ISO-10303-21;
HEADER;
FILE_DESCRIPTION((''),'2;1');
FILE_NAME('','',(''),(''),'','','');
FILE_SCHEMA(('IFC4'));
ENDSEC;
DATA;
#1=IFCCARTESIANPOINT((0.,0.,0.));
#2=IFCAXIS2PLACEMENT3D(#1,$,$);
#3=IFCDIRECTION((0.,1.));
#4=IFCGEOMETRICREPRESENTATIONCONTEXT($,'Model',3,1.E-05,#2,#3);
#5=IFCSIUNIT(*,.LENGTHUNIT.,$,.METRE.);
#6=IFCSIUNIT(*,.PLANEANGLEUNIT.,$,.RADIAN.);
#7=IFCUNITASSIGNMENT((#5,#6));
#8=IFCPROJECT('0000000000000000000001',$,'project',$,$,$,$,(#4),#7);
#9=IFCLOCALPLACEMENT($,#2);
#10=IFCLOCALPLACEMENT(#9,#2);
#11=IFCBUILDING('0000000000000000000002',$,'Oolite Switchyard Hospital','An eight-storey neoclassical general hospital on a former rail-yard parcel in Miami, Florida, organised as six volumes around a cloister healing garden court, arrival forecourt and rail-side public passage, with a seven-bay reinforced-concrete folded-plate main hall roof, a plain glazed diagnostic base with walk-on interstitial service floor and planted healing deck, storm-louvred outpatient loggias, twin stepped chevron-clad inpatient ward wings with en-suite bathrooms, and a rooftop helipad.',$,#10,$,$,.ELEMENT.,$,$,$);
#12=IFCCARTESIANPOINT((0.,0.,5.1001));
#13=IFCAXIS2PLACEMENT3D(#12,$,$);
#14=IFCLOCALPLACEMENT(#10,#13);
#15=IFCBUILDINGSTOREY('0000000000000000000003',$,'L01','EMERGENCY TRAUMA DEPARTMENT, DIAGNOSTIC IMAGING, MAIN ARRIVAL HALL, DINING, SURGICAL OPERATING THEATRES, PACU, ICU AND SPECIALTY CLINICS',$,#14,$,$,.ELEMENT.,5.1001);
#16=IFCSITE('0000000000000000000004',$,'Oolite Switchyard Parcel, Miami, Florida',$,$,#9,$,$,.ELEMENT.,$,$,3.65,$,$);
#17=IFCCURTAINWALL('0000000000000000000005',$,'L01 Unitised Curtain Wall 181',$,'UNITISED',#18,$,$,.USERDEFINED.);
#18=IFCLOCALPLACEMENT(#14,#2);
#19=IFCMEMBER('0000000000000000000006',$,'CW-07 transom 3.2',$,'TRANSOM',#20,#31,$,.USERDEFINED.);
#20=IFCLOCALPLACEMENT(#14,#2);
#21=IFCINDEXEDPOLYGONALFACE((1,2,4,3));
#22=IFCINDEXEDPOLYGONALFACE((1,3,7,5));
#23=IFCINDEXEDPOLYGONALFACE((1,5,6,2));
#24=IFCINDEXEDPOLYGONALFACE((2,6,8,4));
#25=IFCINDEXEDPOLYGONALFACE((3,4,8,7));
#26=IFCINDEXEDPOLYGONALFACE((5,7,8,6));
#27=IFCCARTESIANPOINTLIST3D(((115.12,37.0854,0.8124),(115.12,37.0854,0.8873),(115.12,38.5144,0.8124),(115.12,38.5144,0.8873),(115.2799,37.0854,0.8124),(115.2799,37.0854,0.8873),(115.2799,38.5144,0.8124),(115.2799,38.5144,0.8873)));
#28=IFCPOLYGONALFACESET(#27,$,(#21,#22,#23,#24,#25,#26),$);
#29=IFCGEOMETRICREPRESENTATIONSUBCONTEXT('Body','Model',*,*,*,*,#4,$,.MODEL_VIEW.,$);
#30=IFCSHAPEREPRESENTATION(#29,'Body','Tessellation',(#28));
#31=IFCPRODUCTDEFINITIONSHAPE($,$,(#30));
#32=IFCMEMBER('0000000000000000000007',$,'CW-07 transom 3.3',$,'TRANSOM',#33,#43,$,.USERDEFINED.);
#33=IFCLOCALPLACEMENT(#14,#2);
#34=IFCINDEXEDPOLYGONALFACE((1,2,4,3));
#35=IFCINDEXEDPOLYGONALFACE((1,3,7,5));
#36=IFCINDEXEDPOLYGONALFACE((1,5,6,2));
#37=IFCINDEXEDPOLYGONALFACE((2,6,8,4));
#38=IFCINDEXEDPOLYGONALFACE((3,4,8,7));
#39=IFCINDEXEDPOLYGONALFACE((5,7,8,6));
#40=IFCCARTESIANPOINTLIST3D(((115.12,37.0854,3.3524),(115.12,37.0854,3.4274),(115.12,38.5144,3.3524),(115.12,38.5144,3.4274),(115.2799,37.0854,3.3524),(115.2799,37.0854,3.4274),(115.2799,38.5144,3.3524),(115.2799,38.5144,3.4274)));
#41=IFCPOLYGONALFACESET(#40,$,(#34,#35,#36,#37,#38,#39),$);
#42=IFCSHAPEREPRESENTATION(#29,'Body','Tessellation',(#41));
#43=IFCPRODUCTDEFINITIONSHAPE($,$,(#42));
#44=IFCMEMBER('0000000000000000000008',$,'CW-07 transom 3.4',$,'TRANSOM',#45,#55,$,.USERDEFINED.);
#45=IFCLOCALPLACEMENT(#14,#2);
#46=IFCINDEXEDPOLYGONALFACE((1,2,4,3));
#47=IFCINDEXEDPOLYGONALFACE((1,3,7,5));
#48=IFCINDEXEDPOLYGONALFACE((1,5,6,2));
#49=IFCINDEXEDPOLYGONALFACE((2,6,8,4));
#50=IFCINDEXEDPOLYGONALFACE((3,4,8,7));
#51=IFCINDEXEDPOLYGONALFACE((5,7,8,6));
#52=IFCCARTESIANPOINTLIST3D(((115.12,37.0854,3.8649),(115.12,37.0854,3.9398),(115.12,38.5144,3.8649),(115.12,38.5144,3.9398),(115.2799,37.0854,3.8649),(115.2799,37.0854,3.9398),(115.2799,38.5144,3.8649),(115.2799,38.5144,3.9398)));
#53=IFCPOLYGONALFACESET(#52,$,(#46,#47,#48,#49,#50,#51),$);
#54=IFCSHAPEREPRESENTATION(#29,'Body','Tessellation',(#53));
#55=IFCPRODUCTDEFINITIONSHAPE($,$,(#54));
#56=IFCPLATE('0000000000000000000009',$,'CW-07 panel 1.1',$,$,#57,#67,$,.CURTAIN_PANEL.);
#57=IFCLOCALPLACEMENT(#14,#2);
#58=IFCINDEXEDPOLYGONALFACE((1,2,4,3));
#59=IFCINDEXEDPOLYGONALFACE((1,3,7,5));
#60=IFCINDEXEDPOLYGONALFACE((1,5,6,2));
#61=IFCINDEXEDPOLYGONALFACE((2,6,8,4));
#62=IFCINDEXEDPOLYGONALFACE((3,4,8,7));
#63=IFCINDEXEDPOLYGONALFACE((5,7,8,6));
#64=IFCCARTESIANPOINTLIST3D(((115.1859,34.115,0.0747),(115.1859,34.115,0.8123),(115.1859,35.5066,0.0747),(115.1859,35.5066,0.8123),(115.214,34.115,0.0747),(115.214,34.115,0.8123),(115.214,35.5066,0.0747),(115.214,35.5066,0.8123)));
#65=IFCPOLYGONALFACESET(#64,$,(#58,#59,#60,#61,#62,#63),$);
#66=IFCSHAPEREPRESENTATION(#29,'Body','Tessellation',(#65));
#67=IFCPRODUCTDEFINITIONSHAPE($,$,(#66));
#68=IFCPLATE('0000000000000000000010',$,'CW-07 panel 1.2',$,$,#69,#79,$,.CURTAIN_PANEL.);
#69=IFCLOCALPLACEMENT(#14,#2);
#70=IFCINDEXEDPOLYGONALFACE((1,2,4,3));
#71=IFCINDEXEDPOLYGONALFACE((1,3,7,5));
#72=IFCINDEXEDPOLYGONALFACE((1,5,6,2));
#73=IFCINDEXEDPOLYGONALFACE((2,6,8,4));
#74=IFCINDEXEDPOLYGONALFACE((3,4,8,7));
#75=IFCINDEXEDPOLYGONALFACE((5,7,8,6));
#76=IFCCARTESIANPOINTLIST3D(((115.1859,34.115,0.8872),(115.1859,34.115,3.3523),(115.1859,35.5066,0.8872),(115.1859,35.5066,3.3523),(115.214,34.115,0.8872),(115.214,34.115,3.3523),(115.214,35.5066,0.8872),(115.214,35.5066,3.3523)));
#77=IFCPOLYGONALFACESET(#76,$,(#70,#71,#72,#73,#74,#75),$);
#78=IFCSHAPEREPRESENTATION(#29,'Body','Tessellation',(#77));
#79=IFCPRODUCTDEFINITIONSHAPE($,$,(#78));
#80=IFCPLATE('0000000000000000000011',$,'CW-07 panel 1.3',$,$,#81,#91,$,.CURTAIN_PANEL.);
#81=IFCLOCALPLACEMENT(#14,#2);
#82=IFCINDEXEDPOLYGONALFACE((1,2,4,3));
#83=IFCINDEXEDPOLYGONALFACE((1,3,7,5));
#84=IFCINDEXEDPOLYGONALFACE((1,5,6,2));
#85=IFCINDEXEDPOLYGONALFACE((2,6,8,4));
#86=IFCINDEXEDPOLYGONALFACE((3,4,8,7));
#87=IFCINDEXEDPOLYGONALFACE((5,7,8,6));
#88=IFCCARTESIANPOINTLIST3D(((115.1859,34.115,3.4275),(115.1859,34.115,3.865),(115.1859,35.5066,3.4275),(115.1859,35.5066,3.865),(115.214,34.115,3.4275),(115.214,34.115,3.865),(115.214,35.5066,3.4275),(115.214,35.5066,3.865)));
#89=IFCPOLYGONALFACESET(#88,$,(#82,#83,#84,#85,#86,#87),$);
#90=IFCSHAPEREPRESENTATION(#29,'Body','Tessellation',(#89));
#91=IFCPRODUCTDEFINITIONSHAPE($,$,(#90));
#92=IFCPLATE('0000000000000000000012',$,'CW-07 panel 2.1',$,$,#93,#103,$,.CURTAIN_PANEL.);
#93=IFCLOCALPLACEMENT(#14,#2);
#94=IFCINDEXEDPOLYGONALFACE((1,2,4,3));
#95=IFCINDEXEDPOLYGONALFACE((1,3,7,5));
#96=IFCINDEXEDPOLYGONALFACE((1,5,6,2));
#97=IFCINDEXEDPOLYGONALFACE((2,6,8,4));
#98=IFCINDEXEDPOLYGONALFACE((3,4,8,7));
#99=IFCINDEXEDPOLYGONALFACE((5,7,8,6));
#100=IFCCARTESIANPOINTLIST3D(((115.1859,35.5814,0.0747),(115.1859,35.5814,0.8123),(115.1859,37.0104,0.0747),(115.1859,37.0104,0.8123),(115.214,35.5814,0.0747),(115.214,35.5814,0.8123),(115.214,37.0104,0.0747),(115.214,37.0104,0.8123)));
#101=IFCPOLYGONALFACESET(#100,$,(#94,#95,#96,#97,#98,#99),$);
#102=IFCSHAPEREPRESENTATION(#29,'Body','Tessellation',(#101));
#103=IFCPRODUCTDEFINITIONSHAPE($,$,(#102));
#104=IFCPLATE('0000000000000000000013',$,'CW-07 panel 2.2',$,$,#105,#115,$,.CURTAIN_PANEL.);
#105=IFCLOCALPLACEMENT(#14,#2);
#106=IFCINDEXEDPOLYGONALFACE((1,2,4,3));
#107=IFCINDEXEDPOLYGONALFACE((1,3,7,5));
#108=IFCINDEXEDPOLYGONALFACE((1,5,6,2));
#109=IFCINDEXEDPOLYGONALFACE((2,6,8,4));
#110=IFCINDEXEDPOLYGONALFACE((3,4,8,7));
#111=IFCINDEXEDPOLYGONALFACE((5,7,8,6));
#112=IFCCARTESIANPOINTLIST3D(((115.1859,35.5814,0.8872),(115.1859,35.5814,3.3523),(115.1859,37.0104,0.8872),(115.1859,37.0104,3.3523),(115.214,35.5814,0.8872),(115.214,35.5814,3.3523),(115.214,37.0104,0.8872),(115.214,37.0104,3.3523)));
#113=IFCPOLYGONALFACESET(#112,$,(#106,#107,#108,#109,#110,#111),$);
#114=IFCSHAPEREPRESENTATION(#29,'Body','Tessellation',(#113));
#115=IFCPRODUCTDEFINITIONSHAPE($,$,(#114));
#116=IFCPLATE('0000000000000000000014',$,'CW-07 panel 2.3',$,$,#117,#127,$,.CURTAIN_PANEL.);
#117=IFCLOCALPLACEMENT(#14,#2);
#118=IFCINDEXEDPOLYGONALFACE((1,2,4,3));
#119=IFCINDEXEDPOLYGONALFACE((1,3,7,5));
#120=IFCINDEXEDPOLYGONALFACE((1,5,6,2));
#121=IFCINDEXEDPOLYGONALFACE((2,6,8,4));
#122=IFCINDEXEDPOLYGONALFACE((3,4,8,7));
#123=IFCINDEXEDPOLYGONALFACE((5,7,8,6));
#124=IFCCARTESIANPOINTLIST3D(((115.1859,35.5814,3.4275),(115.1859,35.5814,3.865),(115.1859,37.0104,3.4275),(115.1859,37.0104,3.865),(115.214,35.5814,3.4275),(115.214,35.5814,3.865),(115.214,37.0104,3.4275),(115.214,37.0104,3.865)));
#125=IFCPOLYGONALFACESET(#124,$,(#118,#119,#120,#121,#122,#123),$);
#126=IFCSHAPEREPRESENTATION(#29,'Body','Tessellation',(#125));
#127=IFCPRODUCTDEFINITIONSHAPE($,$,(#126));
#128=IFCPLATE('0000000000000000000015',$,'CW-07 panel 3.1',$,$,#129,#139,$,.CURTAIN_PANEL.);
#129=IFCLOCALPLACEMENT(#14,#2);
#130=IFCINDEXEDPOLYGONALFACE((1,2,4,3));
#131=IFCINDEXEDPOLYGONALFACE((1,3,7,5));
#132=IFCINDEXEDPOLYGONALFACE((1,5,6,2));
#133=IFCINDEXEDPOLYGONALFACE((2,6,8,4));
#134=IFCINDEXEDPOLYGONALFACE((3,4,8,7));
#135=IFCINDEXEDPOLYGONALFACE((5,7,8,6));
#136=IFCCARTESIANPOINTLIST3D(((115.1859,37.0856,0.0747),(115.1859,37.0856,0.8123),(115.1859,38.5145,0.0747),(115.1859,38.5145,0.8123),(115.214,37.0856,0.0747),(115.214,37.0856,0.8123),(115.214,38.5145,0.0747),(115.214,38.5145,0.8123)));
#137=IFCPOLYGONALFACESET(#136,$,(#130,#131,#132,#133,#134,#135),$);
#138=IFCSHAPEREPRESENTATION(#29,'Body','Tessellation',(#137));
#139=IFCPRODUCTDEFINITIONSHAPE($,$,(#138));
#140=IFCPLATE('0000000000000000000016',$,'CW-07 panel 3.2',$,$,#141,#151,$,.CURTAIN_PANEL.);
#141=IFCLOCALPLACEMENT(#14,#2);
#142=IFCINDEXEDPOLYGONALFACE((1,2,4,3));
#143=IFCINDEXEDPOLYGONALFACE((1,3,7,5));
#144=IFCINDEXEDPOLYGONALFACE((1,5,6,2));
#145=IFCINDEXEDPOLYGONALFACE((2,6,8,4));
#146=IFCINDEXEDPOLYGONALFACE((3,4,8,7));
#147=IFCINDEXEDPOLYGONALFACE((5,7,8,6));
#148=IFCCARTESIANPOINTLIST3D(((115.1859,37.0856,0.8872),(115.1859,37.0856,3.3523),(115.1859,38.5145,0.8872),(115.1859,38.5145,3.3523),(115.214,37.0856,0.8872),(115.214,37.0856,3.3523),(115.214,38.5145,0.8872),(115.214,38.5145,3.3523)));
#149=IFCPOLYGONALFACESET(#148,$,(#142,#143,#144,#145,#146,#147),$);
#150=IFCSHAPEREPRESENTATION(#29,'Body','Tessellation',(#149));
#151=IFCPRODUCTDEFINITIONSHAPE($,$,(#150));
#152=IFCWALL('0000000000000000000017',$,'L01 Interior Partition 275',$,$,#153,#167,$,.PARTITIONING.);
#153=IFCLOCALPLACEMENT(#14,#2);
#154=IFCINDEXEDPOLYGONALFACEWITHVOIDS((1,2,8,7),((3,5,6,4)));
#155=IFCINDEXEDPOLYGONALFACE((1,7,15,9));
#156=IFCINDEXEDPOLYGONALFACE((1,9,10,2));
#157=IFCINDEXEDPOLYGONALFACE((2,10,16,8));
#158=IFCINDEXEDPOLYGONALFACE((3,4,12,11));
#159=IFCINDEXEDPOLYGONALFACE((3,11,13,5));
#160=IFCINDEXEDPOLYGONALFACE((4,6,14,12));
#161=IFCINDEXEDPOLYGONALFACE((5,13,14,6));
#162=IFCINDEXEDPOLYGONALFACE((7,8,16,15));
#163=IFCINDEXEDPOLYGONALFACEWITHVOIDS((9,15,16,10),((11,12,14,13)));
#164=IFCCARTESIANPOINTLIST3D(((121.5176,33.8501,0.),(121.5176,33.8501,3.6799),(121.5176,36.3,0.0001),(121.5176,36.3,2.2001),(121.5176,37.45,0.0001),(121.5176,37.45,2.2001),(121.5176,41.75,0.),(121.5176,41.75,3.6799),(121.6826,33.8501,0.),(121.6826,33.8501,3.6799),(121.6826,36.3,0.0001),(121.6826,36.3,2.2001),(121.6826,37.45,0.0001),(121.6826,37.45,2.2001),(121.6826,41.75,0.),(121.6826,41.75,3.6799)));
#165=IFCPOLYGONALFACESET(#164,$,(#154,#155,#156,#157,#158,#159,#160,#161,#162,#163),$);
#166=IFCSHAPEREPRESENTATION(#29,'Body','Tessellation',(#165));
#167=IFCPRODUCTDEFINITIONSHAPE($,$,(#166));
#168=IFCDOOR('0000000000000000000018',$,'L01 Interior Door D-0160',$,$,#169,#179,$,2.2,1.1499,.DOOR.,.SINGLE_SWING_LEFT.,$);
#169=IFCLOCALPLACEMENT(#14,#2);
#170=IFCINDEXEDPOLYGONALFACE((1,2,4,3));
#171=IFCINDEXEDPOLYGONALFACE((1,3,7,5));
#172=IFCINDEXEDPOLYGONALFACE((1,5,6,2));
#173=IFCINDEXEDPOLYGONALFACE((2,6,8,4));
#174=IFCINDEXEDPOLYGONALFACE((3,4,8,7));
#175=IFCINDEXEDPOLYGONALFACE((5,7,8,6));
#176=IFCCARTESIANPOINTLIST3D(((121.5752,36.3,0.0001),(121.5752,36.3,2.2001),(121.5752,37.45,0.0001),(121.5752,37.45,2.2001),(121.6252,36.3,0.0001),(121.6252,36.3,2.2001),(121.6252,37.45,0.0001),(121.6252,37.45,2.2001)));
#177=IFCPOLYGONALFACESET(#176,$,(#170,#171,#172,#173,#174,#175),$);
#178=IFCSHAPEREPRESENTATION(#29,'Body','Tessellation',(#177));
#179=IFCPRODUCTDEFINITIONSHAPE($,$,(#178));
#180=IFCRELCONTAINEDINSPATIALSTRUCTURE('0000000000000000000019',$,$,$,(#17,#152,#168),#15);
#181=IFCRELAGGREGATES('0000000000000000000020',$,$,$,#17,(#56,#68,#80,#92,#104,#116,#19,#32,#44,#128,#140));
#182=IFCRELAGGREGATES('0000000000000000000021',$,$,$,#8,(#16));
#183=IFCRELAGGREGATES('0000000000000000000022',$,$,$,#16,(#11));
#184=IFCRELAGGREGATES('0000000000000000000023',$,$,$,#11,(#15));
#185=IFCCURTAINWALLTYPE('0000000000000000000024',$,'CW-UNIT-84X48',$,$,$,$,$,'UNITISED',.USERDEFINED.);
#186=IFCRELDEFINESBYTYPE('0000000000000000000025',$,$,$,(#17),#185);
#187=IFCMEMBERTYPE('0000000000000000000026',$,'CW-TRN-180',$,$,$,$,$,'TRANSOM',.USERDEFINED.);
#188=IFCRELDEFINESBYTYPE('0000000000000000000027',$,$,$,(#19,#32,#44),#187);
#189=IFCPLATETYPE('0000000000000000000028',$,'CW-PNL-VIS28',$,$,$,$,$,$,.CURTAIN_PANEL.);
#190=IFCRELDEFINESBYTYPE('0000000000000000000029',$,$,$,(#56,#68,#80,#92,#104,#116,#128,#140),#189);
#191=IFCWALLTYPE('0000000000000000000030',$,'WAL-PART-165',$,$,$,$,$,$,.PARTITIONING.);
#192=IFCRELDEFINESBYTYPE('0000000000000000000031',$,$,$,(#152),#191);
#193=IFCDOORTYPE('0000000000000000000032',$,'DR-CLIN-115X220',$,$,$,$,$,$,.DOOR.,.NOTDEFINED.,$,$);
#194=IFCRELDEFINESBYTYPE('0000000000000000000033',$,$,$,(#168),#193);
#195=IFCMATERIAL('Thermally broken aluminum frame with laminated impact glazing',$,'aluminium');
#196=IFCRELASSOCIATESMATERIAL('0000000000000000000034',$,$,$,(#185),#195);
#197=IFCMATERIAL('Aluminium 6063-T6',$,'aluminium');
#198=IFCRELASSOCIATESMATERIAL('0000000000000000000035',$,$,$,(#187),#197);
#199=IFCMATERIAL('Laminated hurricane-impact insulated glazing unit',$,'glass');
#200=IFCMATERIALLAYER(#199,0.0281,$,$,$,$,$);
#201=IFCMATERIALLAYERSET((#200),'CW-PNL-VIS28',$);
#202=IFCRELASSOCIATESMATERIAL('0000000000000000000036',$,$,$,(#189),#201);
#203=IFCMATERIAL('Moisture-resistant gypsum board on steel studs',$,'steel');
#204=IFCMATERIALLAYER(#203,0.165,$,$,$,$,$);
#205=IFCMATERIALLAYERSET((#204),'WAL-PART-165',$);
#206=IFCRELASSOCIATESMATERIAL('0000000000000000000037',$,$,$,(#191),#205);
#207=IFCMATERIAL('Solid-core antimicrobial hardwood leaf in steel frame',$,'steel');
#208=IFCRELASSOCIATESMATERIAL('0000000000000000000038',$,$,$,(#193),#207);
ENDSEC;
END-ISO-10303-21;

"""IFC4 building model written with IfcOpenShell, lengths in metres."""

from ifc_helpers import new_model, si_unit, direction, frame, frame_2d, origin, origin_2d, place, context, subcontext, project, spatial, rectangle, extrude, material, layer, layer_set, material_profile, profile_set, type_object, element, fill, aggregate, save


model = new_model("IFC4")

# Units and contexts
model_context = context("Model", 3, precision=1e-05, world=origin(), true_north=direction((0.0, 1.0)))
body_context = subcontext(model_context, "Body", "Model", "MODEL_VIEW")
ifc_project = project(units=[si_unit("LENGTHUNIT", "METRE"), si_unit("PLANEANGLEUNIT", "RADIAN")], contexts=[model_context])

# Site, building, storey
site_placement = place(None, origin())
site = spatial("IfcSite", under=ifc_project, at=site_placement, Name="Oolite Switchyard Parcel, Miami, Florida", CompositionType="ELEMENT", RefElevation=3.65)
building_placement = place(site_placement, origin())
building = spatial("IfcBuilding", under=site, at=building_placement, Name="Oolite Switchyard Hospital", Description="An eight-storey neoclassical general hospital on a former rail-yard parcel in Miami, Florida, organised as six volumes around a cloister healing garden court, arrival forecourt and rail-side public passage, with a seven-bay reinforced-concrete folded-plate main hall roof, a plain glazed diagnostic base with walk-on interstitial service floor and planted healing deck, storm-louvred outpatient loggias, twin stepped chevron-clad inpatient ward wings with en-suite bathrooms, and a rooftop helipad.", CompositionType="ELEMENT")
storey_placement = place(building_placement, frame((0.0, 0.0, 5.1001)))
storey = spatial("IfcBuildingStorey", under=building, at=storey_placement, Name="L01", Description="EMERGENCY TRAUMA DEPARTMENT, DIAGNOSTIC IMAGING, MAIN ARRIVAL HALL, DINING, SURGICAL OPERATING THEATRES, PACU, ICU AND SPECIALTY CLINICS", CompositionType="ELEMENT", Elevation=5.1001)

# Curtain wall, members, plates
ifc_material_1 = material(Name="Thermally broken aluminum frame with laminated impact glazing", Category="aluminium")
curtain_wall_type = type_object("IfcCurtainWallType", Name="CW-UNIT-84X48", ElementType="UNITISED", PredefinedType="USERDEFINED", material=ifc_material_1)
curtain_wall_placement = place(storey_placement, origin())
curtain_wall = element("IfcCurtainWall", 1, at=curtain_wall_placement, inside=storey, type_object=curtain_wall_type, Name="L01 Unitised Curtain Wall 181", ObjectType="UNITISED", PredefinedType="USERDEFINED")
ifc_material_2 = material(Name="Aluminium 6063-T6", Category="aluminium")
ifc_material_profile_1 = material_profile(ifc_material_2, rectangle(XDim=0.1599, YDim=0.075, at=origin_2d()), Name="CWT75X160")
ifc_profile_set_1 = profile_set([ifc_material_profile_1], Name="Aluminium 6063-T6")
member_type_1 = type_object("IfcMemberType", Name="CW-TRN-180", ElementType="TRANSOM", PredefinedType="USERDEFINED", material=ifc_profile_set_1)
member_1_placement = place(storey_placement, frame((115.2, 37.0854, 0.8499), z_axis=(0.0, 1.0, 0.0), x_axis=(-1.0, 0.0, 0.0)))
member_1 = element("IfcMember", 2, at=member_1_placement, type_object=member_type_1, Name="CW-07 transom 3.2", ObjectType="TRANSOM", PredefinedType="USERDEFINED", context=body_context, shape_type="SweptSolid", body=[
    extrude(rectangle(XDim=0.1599, YDim=0.075, at=origin_2d()), origin(), (0.0, 0.0, 1.0), 1.429),
])
member_2_placement = place(storey_placement, frame((115.2, 37.0854, 3.3899), z_axis=(0.0, 1.0, 0.0), x_axis=(-1.0, 0.0, 0.0)))
member_2 = element("IfcMember", 3, at=member_2_placement, type_object=member_type_1, Name="CW-07 transom 3.3", ObjectType="TRANSOM", PredefinedType="USERDEFINED", context=body_context, shape_type="SweptSolid", body=[
    extrude(rectangle(XDim=0.1599, YDim=0.075, at=origin_2d()), origin(), (0.0, 0.0, 1.0), 1.429),
])
member_3_placement = place(storey_placement, frame((115.2, 37.0854, 3.9023), z_axis=(0.0, 1.0, 0.0), x_axis=(-1.0, 0.0, 0.0)))
member_3 = element("IfcMember", 4, at=member_3_placement, type_object=member_type_1, Name="CW-07 transom 3.4", ObjectType="TRANSOM", PredefinedType="USERDEFINED", context=body_context, shape_type="SweptSolid", body=[
    extrude(rectangle(XDim=0.1599, YDim=0.075, at=origin_2d()), origin(), (0.0, 0.0, 1.0), 1.429),
])
ifc_material_3 = material(Name="Laminated hurricane-impact insulated glazing unit", Category="glass")
ifc_layer_1 = layer(ifc_material_3, 0.0281)
ifc_layer_set_1 = layer_set([ifc_layer_1], Name="CW-PNL-VIS28")
plate_type = type_object("IfcPlateType", Name="CW-PNL-VIS28", PredefinedType="CURTAIN_PANEL", material=ifc_layer_set_1)
plate_1_placement = place(storey_placement, frame((115.2, 34.8108, 0.0747), z_axis=(0.0, 0.0, 1.0), x_axis=(0.0, 1.0, 0.0)))
plate_1 = element("IfcPlate", 5, at=plate_1_placement, type_object=plate_type, Name="CW-07 panel 1.1", PredefinedType="CURTAIN_PANEL", context=body_context, shape_type="SweptSolid", body=[
    extrude(rectangle(XDim=1.3916, YDim=0.0281, at=origin_2d()), origin(), (0.0, 0.0, 1.0), 0.7375),
])
plate_2_placement = place(storey_placement, frame((115.2, 34.8108, 0.8872), z_axis=(0.0, 0.0, 1.0), x_axis=(0.0, 1.0, 0.0)))
plate_2 = element("IfcPlate", 6, at=plate_2_placement, type_object=plate_type, Name="CW-07 panel 1.2", PredefinedType="CURTAIN_PANEL", context=body_context, shape_type="SweptSolid", body=[
    extrude(rectangle(XDim=1.3916, YDim=0.0281, at=origin_2d()), origin(), (0.0, 0.0, 1.0), 2.4651),
])
plate_3_placement = place(storey_placement, frame((115.2, 34.8108, 3.4275), z_axis=(0.0, 0.0, 1.0), x_axis=(0.0, 1.0, 0.0)))
plate_3 = element("IfcPlate", 7, at=plate_3_placement, type_object=plate_type, Name="CW-07 panel 1.3", PredefinedType="CURTAIN_PANEL", context=body_context, shape_type="SweptSolid", body=[
    extrude(rectangle(XDim=1.3916, YDim=0.0281, at=origin_2d()), origin(), (0.0, 0.0, 1.0), 0.4375),
])
plate_4_placement = place(storey_placement, frame((115.2, 36.2959, 0.0747), z_axis=(0.0, 0.0, 1.0), x_axis=(0.0, 1.0, 0.0)))
plate_4 = element("IfcPlate", 8, at=plate_4_placement, type_object=plate_type, Name="CW-07 panel 2.1", PredefinedType="CURTAIN_PANEL", context=body_context, shape_type="SweptSolid", body=[
    extrude(rectangle(XDim=1.429, YDim=0.0281, at=origin_2d()), origin(), (0.0, 0.0, 1.0), 0.7375),
])
plate_5_placement = place(storey_placement, frame((115.2, 36.2959, 0.8872), z_axis=(0.0, 0.0, 1.0), x_axis=(0.0, 1.0, 0.0)))
plate_5 = element("IfcPlate", 9, at=plate_5_placement, type_object=plate_type, Name="CW-07 panel 2.2", PredefinedType="CURTAIN_PANEL", context=body_context, shape_type="SweptSolid", body=[
    extrude(rectangle(XDim=1.429, YDim=0.0281, at=origin_2d()), origin(), (0.0, 0.0, 1.0), 2.4651),
])
plate_6_placement = place(storey_placement, frame((115.2, 36.2959, 3.4275), z_axis=(0.0, 0.0, 1.0), x_axis=(0.0, 1.0, 0.0)))
plate_6 = element("IfcPlate", 10, at=plate_6_placement, type_object=plate_type, Name="CW-07 panel 2.3", PredefinedType="CURTAIN_PANEL", context=body_context, shape_type="SweptSolid", body=[
    extrude(rectangle(XDim=1.429, YDim=0.0281, at=origin_2d()), origin(), (0.0, 0.0, 1.0), 0.4375),
])
plate_7_placement = place(storey_placement, frame((115.2, 37.8, 0.0747), z_axis=(0.0, 0.0, 1.0), x_axis=(0.0, 1.0, 0.0)))
plate_7 = element("IfcPlate", 11, at=plate_7_placement, type_object=plate_type, Name="CW-07 panel 3.1", PredefinedType="CURTAIN_PANEL", context=body_context, shape_type="SweptSolid", body=[
    extrude(rectangle(XDim=1.429, YDim=0.0281, at=origin_2d()), origin(), (0.0, 0.0, 1.0), 0.7375),
])
plate_8_placement = place(storey_placement, frame((115.2, 37.8, 0.8872), z_axis=(0.0, 0.0, 1.0), x_axis=(0.0, 1.0, 0.0)))
plate_8 = element("IfcPlate", 12, at=plate_8_placement, type_object=plate_type, Name="CW-07 panel 3.2", PredefinedType="CURTAIN_PANEL", context=body_context, shape_type="SweptSolid", body=[
    extrude(rectangle(XDim=1.429, YDim=0.0281, at=origin_2d()), origin(), (0.0, 0.0, 1.0), 2.4651),
])
aggregate(curtain_wall, [plate_1, plate_2, plate_3, plate_4, plate_5, plate_6, member_1, member_2, member_3, plate_7, plate_8])

# Wall, opening, door
ifc_material_4 = material(Name="Moisture-resistant gypsum board on steel studs", Category="steel")
ifc_layer_2 = layer(ifc_material_4, 0.165)
ifc_layer_set_2 = layer_set([ifc_layer_2], Name="WAL-PART-165")
wall_type = type_object("IfcWallType", Name="WAL-PART-165", PredefinedType="PARTITIONING", material=ifc_layer_set_2)
wall_placement = place(storey_placement, frame((121.6001, 33.8501, 0.0), z_axis=(0.0, 0.0, 1.0), x_axis=(0.0, 1.0, 0.0)))
wall = element("IfcWall", 13, at=wall_placement, inside=storey, type_object=wall_type, Name="L01 Interior Partition 275", PredefinedType="PARTITIONING", context=body_context, shape_type="SweptSolid", body=[
    extrude(rectangle(XDim=7.8999, YDim=0.165, at=frame_2d((3.95, 0.0))), origin(), (0.0, 0.0, 1.0), 3.6799),
])
opening_placement = place(wall_placement, frame((2.45, 0.0, 0.0)))
opening = element("IfcOpeningElement", 14, at=opening_placement, cuts=wall, PredefinedType="OPENING", context=body_context, shape_type="SweptSolid", body=[
    extrude(rectangle(XDim=1.1499, YDim=2.2, at=frame_2d((0.575, 1.1001))), frame((0.0, 0.0925, 0.0), z_axis=(0.0, -1.0, 0.0), x_axis=(1.0, 0.0, 0.0)), (0.0, 0.0, 1.0), 0.1851),
])
ifc_material_5 = material(Name="Solid-core antimicrobial hardwood leaf in steel frame", Category="steel")
door_type = type_object("IfcDoorType", Name="DR-CLIN-115X220", OperationType="NOTDEFINED", PredefinedType="DOOR", material=ifc_material_5)
door_placement = place(opening_placement, origin())
door = element("IfcDoor", 15, at=door_placement, inside=storey, type_object=door_type, Name="L01 Interior Door D-0160", OperationType="SINGLE_SWING_LEFT", OverallHeight=2.2, OverallWidth=1.1499, PredefinedType="DOOR", context=body_context, shape_type="SweptSolid", body=[
    extrude(rectangle(XDim=1.1499, YDim=2.2, at=frame_2d((0.575, 1.1001))), frame((0.0, 0.0249, 0.0), z_axis=(0.0, -1.0, 0.0), x_axis=(1.0, 0.0, 0.0)), (0.0, 0.0, 1.0), 0.05),
])
fill(opening, door)

save(model, "model.ifc")
